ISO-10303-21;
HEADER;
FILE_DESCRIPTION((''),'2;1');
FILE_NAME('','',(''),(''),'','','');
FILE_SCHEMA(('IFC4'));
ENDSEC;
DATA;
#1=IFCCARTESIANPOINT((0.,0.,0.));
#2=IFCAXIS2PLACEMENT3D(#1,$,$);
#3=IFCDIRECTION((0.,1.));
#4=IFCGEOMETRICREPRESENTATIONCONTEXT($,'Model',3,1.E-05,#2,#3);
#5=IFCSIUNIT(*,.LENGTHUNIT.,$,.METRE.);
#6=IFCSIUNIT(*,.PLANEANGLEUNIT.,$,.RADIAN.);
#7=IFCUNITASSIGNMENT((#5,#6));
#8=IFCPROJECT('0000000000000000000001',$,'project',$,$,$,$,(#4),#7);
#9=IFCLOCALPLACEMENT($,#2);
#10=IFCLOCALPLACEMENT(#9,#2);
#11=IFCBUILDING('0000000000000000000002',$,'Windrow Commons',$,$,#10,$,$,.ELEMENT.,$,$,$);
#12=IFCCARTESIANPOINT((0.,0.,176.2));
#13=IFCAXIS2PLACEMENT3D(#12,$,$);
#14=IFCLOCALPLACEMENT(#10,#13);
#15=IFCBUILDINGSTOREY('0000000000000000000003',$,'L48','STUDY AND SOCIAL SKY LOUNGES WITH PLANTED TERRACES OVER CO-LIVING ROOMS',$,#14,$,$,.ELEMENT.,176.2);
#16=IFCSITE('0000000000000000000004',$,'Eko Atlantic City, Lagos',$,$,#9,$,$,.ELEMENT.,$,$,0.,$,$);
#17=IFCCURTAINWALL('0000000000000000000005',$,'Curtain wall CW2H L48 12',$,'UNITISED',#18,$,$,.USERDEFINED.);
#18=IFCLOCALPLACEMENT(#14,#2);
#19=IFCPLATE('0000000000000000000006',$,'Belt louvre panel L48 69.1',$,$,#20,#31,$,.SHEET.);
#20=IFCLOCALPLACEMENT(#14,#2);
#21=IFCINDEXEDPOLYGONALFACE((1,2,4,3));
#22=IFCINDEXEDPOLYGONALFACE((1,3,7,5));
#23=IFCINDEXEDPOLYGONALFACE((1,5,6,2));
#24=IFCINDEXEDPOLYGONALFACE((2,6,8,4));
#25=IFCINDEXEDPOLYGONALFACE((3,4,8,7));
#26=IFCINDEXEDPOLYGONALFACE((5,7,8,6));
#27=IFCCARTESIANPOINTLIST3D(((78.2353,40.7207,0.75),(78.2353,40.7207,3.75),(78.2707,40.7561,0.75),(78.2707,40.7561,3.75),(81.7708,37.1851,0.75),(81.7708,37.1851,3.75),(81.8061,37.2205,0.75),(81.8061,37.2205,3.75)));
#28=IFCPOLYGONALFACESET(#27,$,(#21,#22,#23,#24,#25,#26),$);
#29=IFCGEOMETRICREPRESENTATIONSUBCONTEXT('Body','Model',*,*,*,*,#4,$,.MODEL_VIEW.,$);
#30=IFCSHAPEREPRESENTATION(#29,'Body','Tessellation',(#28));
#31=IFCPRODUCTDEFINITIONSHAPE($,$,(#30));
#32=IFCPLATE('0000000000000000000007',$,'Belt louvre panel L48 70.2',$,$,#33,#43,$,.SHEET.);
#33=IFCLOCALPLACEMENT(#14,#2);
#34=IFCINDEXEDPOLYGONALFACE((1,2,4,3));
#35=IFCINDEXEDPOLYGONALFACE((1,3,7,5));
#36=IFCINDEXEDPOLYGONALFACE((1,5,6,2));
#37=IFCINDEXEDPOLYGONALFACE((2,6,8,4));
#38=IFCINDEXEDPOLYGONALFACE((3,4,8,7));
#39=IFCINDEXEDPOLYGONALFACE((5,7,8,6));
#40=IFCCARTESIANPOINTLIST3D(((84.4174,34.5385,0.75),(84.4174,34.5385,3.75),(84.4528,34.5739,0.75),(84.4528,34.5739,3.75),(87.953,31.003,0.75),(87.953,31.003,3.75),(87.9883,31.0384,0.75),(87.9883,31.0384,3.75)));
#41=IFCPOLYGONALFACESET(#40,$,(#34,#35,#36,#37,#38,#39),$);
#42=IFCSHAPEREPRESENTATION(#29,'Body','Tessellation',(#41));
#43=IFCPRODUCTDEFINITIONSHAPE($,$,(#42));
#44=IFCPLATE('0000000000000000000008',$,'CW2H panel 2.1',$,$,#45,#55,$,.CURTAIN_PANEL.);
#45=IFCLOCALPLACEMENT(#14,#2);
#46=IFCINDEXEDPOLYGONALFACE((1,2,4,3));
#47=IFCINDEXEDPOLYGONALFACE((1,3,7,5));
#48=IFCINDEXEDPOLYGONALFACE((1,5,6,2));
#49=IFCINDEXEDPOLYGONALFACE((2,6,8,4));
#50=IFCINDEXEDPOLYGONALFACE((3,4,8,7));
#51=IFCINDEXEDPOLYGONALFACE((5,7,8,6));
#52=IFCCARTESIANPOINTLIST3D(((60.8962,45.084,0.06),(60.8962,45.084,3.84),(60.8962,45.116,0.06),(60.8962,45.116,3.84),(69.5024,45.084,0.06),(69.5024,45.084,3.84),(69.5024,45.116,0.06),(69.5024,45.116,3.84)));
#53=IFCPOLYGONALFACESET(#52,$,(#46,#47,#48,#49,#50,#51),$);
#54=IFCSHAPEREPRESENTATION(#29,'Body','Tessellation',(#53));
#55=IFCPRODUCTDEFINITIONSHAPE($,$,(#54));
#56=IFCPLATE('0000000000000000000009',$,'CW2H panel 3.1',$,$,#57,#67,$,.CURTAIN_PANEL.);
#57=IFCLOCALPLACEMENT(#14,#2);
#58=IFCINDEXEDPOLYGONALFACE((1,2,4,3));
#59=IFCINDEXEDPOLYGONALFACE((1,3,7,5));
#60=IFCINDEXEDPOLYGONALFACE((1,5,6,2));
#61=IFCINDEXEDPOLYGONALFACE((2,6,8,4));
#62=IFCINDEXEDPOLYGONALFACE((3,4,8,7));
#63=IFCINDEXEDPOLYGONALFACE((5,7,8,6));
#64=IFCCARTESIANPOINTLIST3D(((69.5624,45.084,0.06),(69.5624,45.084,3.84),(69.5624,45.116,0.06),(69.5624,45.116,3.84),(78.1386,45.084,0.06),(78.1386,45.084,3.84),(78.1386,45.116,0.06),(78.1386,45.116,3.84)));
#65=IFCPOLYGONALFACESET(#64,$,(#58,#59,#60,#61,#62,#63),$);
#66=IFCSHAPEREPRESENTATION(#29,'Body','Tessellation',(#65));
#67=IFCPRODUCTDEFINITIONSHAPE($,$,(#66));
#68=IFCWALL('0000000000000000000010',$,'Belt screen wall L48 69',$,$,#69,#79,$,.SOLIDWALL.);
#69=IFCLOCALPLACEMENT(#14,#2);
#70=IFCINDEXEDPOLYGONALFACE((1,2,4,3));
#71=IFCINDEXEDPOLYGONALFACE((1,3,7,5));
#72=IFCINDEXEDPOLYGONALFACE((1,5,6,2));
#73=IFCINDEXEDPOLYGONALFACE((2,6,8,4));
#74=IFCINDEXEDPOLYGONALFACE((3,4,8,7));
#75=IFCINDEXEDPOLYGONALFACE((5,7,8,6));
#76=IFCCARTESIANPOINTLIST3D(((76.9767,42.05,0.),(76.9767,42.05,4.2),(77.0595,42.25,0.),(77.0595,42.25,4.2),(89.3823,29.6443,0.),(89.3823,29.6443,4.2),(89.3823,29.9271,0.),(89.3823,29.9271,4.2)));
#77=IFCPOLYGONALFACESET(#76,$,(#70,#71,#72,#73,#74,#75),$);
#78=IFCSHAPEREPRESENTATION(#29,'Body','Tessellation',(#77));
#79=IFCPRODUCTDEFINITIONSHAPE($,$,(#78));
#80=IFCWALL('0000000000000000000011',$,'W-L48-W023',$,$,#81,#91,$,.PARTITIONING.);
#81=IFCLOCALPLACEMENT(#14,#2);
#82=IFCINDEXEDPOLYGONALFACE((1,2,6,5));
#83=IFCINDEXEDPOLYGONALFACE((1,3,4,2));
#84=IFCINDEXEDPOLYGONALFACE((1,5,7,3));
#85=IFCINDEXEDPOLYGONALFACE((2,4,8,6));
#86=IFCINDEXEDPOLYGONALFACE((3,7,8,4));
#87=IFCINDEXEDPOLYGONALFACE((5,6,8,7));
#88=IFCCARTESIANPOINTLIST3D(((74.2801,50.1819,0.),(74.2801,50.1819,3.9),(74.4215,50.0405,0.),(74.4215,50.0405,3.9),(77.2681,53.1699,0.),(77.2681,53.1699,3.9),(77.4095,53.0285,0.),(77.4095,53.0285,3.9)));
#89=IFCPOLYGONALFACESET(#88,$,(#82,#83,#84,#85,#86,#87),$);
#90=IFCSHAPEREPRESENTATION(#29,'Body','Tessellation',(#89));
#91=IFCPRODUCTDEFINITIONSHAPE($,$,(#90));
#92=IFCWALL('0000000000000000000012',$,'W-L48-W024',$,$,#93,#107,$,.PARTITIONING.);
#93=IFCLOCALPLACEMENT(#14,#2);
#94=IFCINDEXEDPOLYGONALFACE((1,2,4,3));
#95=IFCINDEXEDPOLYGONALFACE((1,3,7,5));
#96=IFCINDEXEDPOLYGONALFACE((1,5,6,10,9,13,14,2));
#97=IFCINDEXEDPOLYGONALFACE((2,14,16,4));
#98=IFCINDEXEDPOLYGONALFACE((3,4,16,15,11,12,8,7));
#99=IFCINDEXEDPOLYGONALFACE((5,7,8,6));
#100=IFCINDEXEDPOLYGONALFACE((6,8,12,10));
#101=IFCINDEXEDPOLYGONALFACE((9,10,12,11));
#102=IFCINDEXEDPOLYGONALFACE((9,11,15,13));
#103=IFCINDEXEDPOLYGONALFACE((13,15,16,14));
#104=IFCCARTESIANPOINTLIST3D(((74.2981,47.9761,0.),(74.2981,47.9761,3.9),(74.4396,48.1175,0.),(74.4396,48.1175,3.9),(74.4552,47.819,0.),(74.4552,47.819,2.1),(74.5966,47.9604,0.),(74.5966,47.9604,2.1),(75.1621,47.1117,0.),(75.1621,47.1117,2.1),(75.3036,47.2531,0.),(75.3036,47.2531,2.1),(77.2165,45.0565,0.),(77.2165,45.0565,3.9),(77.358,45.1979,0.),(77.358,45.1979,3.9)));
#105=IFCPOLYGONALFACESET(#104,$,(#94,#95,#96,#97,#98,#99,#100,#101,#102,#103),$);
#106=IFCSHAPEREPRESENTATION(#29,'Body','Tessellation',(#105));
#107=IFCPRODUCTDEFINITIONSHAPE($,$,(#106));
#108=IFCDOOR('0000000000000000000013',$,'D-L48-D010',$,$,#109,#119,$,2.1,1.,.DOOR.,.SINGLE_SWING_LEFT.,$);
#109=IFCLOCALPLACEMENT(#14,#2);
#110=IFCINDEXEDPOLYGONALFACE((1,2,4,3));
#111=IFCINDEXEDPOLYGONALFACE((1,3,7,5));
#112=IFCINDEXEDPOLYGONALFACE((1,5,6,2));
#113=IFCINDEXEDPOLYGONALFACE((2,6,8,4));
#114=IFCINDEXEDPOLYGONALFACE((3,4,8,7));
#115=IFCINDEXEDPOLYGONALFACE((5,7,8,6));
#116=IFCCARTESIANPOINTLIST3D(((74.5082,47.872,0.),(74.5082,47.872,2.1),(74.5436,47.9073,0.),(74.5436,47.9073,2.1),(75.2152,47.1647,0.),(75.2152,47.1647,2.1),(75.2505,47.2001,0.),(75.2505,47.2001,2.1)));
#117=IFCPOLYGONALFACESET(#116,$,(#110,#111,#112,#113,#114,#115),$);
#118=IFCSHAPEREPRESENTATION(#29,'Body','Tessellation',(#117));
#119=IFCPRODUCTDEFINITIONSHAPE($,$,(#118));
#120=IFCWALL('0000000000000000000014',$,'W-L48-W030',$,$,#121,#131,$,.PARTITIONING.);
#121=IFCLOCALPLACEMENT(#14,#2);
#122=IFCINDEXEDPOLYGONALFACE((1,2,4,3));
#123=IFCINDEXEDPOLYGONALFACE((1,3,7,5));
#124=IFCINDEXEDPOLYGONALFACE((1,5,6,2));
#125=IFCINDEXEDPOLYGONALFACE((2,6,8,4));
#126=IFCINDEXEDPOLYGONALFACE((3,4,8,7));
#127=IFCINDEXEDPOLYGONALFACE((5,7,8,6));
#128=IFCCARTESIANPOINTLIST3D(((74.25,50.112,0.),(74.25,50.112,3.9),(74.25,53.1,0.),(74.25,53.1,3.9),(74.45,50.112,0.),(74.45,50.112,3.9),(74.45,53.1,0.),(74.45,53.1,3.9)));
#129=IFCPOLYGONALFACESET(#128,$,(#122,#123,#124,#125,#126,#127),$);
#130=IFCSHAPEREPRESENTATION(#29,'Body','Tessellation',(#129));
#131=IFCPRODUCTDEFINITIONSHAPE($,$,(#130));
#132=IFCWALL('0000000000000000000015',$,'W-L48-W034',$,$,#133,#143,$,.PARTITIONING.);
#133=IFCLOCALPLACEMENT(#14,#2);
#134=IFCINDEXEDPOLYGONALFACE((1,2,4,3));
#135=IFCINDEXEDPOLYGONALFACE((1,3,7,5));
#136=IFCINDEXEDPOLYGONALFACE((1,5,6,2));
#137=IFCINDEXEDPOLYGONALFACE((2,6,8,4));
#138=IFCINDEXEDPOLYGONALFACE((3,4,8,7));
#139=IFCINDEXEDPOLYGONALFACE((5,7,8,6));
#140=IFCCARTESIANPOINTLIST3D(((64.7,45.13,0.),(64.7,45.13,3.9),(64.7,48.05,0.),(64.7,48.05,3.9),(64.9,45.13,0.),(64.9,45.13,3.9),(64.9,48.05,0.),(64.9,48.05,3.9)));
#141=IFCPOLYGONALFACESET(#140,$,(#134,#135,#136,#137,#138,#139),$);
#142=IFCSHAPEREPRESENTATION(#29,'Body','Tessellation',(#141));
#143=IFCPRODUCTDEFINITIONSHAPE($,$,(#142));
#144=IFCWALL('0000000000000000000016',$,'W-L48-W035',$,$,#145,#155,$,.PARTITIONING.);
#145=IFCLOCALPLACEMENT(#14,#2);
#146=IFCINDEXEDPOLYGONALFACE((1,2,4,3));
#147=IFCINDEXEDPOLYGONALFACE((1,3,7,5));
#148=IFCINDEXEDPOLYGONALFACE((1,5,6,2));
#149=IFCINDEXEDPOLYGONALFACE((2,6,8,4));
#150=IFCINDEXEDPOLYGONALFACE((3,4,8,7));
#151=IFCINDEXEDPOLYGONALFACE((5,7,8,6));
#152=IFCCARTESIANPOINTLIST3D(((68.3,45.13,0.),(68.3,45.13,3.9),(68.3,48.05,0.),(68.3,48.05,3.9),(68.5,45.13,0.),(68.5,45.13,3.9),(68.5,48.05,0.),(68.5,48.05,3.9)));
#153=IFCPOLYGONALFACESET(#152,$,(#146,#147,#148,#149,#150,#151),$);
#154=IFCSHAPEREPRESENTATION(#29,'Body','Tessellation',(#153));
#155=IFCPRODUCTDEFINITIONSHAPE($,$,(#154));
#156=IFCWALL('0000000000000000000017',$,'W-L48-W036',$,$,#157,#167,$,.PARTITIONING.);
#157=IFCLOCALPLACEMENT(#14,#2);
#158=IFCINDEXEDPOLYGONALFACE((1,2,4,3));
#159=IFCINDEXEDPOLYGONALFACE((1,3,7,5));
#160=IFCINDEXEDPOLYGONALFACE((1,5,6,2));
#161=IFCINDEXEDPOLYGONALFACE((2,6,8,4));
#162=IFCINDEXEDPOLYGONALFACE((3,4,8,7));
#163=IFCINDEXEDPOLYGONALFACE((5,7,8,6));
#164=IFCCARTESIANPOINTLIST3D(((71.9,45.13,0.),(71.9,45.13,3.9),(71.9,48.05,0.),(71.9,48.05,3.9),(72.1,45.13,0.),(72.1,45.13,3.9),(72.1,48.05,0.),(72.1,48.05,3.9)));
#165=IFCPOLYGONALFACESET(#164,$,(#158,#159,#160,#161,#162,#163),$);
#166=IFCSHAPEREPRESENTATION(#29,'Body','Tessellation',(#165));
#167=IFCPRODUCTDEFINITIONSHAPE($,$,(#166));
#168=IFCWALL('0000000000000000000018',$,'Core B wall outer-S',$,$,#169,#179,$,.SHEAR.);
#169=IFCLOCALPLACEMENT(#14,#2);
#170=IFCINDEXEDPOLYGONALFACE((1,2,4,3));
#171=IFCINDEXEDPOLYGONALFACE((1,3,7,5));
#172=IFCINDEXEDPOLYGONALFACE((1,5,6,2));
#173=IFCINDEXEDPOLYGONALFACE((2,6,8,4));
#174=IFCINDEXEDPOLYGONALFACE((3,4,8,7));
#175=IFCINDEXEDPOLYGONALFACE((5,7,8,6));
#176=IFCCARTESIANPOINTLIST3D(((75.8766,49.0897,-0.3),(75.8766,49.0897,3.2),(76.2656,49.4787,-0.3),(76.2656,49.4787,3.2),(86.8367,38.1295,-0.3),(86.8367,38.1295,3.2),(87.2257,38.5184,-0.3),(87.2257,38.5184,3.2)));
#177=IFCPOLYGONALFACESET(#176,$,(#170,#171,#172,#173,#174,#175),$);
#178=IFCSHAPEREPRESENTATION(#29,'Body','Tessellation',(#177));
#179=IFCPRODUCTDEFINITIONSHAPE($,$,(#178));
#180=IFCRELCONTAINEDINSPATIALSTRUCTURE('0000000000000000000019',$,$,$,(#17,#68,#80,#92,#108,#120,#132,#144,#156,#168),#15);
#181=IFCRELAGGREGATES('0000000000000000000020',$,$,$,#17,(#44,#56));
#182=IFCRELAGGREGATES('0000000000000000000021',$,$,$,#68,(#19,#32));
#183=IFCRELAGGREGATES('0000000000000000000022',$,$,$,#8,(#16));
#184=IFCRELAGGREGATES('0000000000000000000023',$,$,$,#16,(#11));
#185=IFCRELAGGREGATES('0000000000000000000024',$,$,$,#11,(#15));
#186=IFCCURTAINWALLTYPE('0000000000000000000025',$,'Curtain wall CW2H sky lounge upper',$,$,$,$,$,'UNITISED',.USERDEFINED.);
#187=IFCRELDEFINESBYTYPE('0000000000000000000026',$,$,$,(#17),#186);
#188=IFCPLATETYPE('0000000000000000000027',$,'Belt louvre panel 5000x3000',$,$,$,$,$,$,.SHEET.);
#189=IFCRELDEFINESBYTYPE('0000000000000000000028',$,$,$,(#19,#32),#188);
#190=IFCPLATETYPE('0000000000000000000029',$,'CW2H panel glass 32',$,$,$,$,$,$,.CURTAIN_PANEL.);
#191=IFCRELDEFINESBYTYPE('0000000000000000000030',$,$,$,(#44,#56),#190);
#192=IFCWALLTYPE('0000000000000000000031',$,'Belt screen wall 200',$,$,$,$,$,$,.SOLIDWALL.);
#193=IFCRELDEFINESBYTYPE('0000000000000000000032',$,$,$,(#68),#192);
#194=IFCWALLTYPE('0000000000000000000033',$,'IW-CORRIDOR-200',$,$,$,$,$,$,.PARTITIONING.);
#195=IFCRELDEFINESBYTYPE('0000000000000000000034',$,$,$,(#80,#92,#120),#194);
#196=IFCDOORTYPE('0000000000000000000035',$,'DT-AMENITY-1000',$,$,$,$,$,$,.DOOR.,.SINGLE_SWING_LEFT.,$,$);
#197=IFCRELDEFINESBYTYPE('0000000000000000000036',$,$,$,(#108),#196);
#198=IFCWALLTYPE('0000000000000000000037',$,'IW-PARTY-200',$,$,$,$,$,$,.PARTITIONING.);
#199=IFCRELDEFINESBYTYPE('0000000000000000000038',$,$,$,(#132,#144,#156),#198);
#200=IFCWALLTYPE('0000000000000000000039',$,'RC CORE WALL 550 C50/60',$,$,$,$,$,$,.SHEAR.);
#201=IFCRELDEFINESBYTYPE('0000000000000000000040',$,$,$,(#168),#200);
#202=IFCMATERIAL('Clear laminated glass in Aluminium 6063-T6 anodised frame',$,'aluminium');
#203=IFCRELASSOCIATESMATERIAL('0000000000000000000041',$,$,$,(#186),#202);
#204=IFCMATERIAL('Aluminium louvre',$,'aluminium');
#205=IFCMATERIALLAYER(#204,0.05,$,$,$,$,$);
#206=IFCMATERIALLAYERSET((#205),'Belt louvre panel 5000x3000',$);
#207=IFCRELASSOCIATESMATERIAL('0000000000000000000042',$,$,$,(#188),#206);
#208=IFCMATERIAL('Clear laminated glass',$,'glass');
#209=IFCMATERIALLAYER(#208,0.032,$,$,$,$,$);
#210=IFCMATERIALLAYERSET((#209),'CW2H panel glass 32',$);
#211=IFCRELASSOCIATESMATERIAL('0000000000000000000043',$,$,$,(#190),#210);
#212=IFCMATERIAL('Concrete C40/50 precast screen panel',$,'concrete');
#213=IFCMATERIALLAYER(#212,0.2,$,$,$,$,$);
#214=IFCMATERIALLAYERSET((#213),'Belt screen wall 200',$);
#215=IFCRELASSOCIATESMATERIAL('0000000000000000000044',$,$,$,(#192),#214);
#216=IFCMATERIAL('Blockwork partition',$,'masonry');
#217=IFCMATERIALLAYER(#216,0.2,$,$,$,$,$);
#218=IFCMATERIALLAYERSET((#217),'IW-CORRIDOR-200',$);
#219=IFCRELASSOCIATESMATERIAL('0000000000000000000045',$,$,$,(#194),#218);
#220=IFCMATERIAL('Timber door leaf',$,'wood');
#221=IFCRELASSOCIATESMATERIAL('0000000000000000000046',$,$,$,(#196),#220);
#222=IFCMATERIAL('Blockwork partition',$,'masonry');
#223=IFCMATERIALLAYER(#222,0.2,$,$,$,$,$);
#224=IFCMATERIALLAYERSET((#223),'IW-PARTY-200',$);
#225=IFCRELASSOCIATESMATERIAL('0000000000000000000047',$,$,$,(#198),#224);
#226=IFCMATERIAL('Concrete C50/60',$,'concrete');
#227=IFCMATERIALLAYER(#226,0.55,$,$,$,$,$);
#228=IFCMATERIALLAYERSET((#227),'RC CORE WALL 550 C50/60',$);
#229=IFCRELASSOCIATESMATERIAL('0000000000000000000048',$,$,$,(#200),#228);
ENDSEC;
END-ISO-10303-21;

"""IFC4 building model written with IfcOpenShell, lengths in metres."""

from ifc_helpers import new_model, si_unit, direction, frame, frame_2d, origin, origin_2d, place, context, subcontext, project, spatial, polyline, rectangle, outline, extrude, material, layer, layer_set, type_object, element, fill, aggregate, save


model = new_model("IFC4")

# Units and contexts
model_context = context("Model", 3, precision=1e-05, world=origin(), true_north=direction((0.0, 1.0)))
body_context = subcontext(model_context, "Body", "Model", "MODEL_VIEW")
ifc_project = project(units=[si_unit("LENGTHUNIT", "METRE"), si_unit("PLANEANGLEUNIT", "RADIAN")], contexts=[model_context])

# Site, building, storey
site_placement = place(None, origin())
site = spatial("IfcSite", under=ifc_project, at=site_placement, Name="Eko Atlantic City, Lagos", CompositionType="ELEMENT", RefElevation=0.0)
building_placement = place(site_placement, origin())
building = spatial("IfcBuilding", under=site, at=building_placement, Name="Windrow Commons", CompositionType="ELEMENT")
storey_placement = place(building_placement, frame((0.0, 0.0, 176.2)))
storey = spatial("IfcBuildingStorey", under=building, at=storey_placement, Name="L48", Description="STUDY AND SOCIAL SKY LOUNGES WITH PLANTED TERRACES OVER CO-LIVING ROOMS", CompositionType="ELEMENT", Elevation=176.2)

# Curtain wall
ifc_material_1 = material(Name="Clear laminated glass in Aluminium 6063-T6 anodised frame", Category="aluminium")
curtain_wall_type = type_object("IfcCurtainWallType", Name="Curtain wall CW2H sky lounge upper", ElementType="UNITISED", PredefinedType="USERDEFINED", material=ifc_material_1)
placement = place(storey_placement, origin())
curtain_wall_1 = element("IfcCurtainWall", 1, at=placement, inside=storey, type_object=curtain_wall_type, Name="Curtain wall CW2H L48 12", ObjectType="UNITISED", PredefinedType="USERDEFINED")

# Plates
ifc_material_2 = material(Name="Aluminium louvre", Category="aluminium")
ifc_layer_1 = layer(ifc_material_2, 0.05)
ifc_layer_set_1 = layer_set([ifc_layer_1], Name="Belt louvre panel 5000x3000")
plate_type_1 = type_object("IfcPlateType", Name="Belt louvre panel 5000x3000", PredefinedType="SHEET", material=ifc_layer_set_1)
plate_1_placement = place(storey_placement, frame((78.2353, 40.7207, 0.75), z_axis=(-0.707117, -0.707097, 0.0), x_axis=(0.707097, -0.707117, 0.0)))
plate_1 = element("IfcPlate", 2, at=plate_1_placement, type_object=plate_type_1, Name="Belt louvre panel L48 69.1", PredefinedType="SHEET", context=body_context, shape_type="SweptSolid", body=[
    extrude(outline(polyline([(0.0, 0.0), (5.0, 0.0), (5.0, 3.0), (0.0, 3.0), (0.0, 0.0)])), origin(), (0.0, 0.0, -1.0), 0.05),
])
plate_2_placement = place(storey_placement, frame((84.4174, 34.5385, 0.75), z_axis=(-0.707097, -0.707117, 0.0), x_axis=(0.707117, -0.707097, 0.0)))
plate_2 = element("IfcPlate", 3, at=plate_2_placement, type_object=plate_type_1, Name="Belt louvre panel L48 70.2", PredefinedType="SHEET", context=body_context, shape_type="SweptSolid", body=[
    extrude(outline(polyline([(0.0, 0.0), (5.0, 0.0), (5.0, 3.0), (0.0, 3.0), (0.0, 0.0)])), origin(), (0.0, 0.0, -1.0), 0.05),
])
ifc_material_3 = material(Name="Clear laminated glass", Category="glass")
ifc_layer_2 = layer(ifc_material_3, 0.032)
ifc_layer_set_2 = layer_set([ifc_layer_2], Name="CW2H panel glass 32")
plate_type_2 = type_object("IfcPlateType", Name="CW2H panel glass 32", PredefinedType="CURTAIN_PANEL", material=ifc_layer_set_2)
plate_3_placement = place(storey_placement, frame((65.1993, 45.1, 0.06), z_axis=(0.0, 0.0, 1.0), x_axis=(1.0, 0.0, 0.0)))
plate_3 = element("IfcPlate", 4, at=plate_3_placement, type_object=plate_type_2, Name="CW2H panel 2.1", PredefinedType="CURTAIN_PANEL", context=body_context, shape_type="SweptSolid", body=[
    extrude(rectangle(XDim=8.6062, YDim=0.032, at=origin_2d()), origin(), (0.0, 0.0, 1.0), 3.78),
])
plate_4_placement = place(storey_placement, frame((73.8505, 45.1, 0.06), z_axis=(0.0, 0.0, 1.0), x_axis=(1.0, 0.0, 0.0)))
plate_4 = element("IfcPlate", 5, at=plate_4_placement, type_object=plate_type_2, Name="CW2H panel 3.1", PredefinedType="CURTAIN_PANEL", context=body_context, shape_type="SweptSolid", body=[
    extrude(rectangle(XDim=8.5762, YDim=0.032, at=origin_2d()), origin(), (0.0, 0.0, 1.0), 3.78),
])
aggregate(curtain_wall_1, [plate_3, plate_4])

# Walls
ifc_material_4 = material(Name="Concrete C40/50 precast screen panel", Category="concrete")
ifc_layer_3 = layer(ifc_material_4, 0.2)
ifc_layer_set_3 = layer_set([ifc_layer_3], Name="Belt screen wall 200")
wall_type_1 = type_object("IfcWallType", Name="Belt screen wall 200", PredefinedType="SOLIDWALL", material=ifc_layer_set_3)
wall_1_placement = place(storey_placement, frame((77.0181, 42.15, 0.0), z_axis=(0.0, 0.0, 1.0), x_axis=(0.707104, -0.70711, 0.0)))
wall_1 = element("IfcWall", 6, at=wall_1_placement, inside=storey, type_object=wall_type_1, Name="Belt screen wall L48 69", PredefinedType="SOLIDWALL", context=body_context, shape_type="SweptSolid", body=[
    extrude(outline(polyline([(0.0414, -0.1), (17.5857, -0.1), (17.3857, 0.1), (-0.0414, 0.1), (0.0414, -0.1)])), origin(), (0.0, 0.0, 1.0), 4.2),
])
aggregate(wall_1, [plate_1, plate_2])
ifc_material_5 = material(Name="Blockwork partition", Category="masonry")
ifc_layer_4 = layer(ifc_material_5, 0.2)
ifc_layer_set_4 = layer_set([ifc_layer_4], Name="IW-CORRIDOR-200")
wall_type_2 = type_object("IfcWallType", Name="IW-CORRIDOR-200", PredefinedType="PARTITIONING", material=ifc_layer_set_4)
wall_2_placement = place(storey_placement, frame((74.3508, 50.1112, 0.0), z_axis=(0.0, 0.0, 1.0), x_axis=(0.707107, 0.707107, 0.0)))
element("IfcWall", 7, at=wall_2_placement, inside=storey, type_object=wall_type_2, Name="W-L48-W023", PredefinedType="PARTITIONING", context=body_context, shape_type="SweptSolid", body=[
    extrude(rectangle(XDim=4.2257, YDim=0.2, at=frame_2d((2.1128, 0.0))), origin(), (0.0, 0.0, 1.0), 3.9),
])

# Wall, opening, door
wall_3_placement = place(storey_placement, frame((77.2872, 45.1272, 0.0), z_axis=(0.0, 0.0, 1.0), x_axis=(-0.706961, 0.707252, 0.0)))
wall_3 = element("IfcWall", 8, at=wall_3_placement, inside=storey, type_object=wall_type_2, Name="W-L48-W024", PredefinedType="PARTITIONING", context=body_context, shape_type="SweptSolid", body=[
    extrude(rectangle(XDim=4.1281, YDim=0.2, at=frame_2d((2.064, 0.0))), origin(), (0.0, 0.0, 1.0), 3.9),
])
opening_1_placement = place(wall_3_placement, frame((2.9059, 0.0, 0.0)))
opening_1 = element("IfcOpeningElement", 9, at=opening_1_placement, cuts=wall_3, PredefinedType="OPENING", context=body_context, shape_type="SweptSolid", body=[
    extrude(rectangle(XDim=1.0, YDim=2.1, at=frame_2d((0.5, 1.05))), frame((0.0, 0.11, 0.0), z_axis=(0.0, -1.0, 0.0), x_axis=(1.0, 0.0, 0.0)), (0.0, 0.0, 1.0), 0.22),
])
ifc_material_6 = material(Name="Timber door leaf", Category="wood")
door_type_1 = type_object("IfcDoorType", Name="DT-AMENITY-1000", OperationType="SINGLE_SWING_LEFT", PredefinedType="DOOR", material=ifc_material_6)
door_1_placement = place(opening_1_placement, origin())
door_1 = element("IfcDoor", 10, at=door_1_placement, inside=storey, type_object=door_type_1, Name="D-L48-D010", OperationType="SINGLE_SWING_LEFT", OverallHeight=2.1, OverallWidth=1.0, PredefinedType="DOOR", context=body_context, shape_type="SweptSolid", body=[
    extrude(rectangle(XDim=1.0, YDim=2.1, at=frame_2d((0.5, 1.05))), frame((0.0, 0.025, 0.0), z_axis=(0.0, -1.0, 0.0), x_axis=(1.0, 0.0, 0.0)), (0.0, 0.0, 1.0), 0.05),
])
fill(opening_1, door_1)

# Walls
wall_4_placement = place(storey_placement, frame((74.35, 50.112, 0.0), z_axis=(0.0, 0.0, 1.0), x_axis=(0.0, 1.0, 0.0)))
element("IfcWall", 11, at=wall_4_placement, inside=storey, type_object=wall_type_2, Name="W-L48-W030", PredefinedType="PARTITIONING", context=body_context, shape_type="SweptSolid", body=[
    extrude(rectangle(XDim=2.988, YDim=0.2, at=frame_2d((1.494, 0.0))), origin(), (0.0, 0.0, 1.0), 3.9),
])
ifc_material_7 = material(Name="Blockwork partition", Category="masonry")
ifc_layer_5 = layer(ifc_material_7, 0.2)
ifc_layer_set_5 = layer_set([ifc_layer_5], Name="IW-PARTY-200")
wall_type_3 = type_object("IfcWallType", Name="IW-PARTY-200", PredefinedType="PARTITIONING", material=ifc_layer_set_5)
for number, where, z_axis, x_axis, name in (
    (12, (64.8, 45.13, 0.0), (0.0, 0.0, 1.0), (0.0, 1.0, 0.0), "W-L48-W034"),
    (13, (68.4, 45.13, 0.0), (0.0, 0.0, 1.0), (0.0, 1.0, 0.0), "W-L48-W035"),
    (14, (72.0, 45.13, 0.0), (0.0, 0.0, 1.0), (0.0, 1.0, 0.0), "W-L48-W036"),
):
    element("IfcWall", number, at=place(storey_placement, frame(where, z_axis=z_axis, x_axis=x_axis)), inside=storey, type_object=wall_type_3, Name=name, PredefinedType="PARTITIONING", context=body_context, shape_type="SweptSolid", body=[
        extrude(rectangle(XDim=2.92, YDim=0.2, at=frame_2d((1.46, 0.0))), origin(), (0.0, 0.0, 1.0), 3.9),
    ])
ifc_material_8 = material(Name="Concrete C50/60", Category="concrete")
ifc_layer_6 = layer(ifc_material_8, 0.55)
ifc_layer_set_6 = layer_set([ifc_layer_6], Name="RC CORE WALL 550 C50/60")
wall_type_4 = type_object("IfcWallType", Name="RC CORE WALL 550 C50/60", PredefinedType="SHEAR", material=ifc_layer_set_6)
wall_5_placement = place(storey_placement, frame((76.0711, 49.2842, -0.3), z_axis=(0.0, 0.0, 1.0), x_axis=(0.707104, -0.70711, 0.0)))
element("IfcWall", 15, at=wall_5_placement, inside=storey, type_object=wall_type_4, Name="Core B wall outer-S", PredefinedType="SHEAR", context=body_context, shape_type="SweptSolid", body=[
    extrude(rectangle(XDim=15.5, YDim=0.55, at=frame_2d((7.75, 0.0))), origin(), (0.0, 0.0, 1.0), 3.5),
])

save(model, "model.ifc")
